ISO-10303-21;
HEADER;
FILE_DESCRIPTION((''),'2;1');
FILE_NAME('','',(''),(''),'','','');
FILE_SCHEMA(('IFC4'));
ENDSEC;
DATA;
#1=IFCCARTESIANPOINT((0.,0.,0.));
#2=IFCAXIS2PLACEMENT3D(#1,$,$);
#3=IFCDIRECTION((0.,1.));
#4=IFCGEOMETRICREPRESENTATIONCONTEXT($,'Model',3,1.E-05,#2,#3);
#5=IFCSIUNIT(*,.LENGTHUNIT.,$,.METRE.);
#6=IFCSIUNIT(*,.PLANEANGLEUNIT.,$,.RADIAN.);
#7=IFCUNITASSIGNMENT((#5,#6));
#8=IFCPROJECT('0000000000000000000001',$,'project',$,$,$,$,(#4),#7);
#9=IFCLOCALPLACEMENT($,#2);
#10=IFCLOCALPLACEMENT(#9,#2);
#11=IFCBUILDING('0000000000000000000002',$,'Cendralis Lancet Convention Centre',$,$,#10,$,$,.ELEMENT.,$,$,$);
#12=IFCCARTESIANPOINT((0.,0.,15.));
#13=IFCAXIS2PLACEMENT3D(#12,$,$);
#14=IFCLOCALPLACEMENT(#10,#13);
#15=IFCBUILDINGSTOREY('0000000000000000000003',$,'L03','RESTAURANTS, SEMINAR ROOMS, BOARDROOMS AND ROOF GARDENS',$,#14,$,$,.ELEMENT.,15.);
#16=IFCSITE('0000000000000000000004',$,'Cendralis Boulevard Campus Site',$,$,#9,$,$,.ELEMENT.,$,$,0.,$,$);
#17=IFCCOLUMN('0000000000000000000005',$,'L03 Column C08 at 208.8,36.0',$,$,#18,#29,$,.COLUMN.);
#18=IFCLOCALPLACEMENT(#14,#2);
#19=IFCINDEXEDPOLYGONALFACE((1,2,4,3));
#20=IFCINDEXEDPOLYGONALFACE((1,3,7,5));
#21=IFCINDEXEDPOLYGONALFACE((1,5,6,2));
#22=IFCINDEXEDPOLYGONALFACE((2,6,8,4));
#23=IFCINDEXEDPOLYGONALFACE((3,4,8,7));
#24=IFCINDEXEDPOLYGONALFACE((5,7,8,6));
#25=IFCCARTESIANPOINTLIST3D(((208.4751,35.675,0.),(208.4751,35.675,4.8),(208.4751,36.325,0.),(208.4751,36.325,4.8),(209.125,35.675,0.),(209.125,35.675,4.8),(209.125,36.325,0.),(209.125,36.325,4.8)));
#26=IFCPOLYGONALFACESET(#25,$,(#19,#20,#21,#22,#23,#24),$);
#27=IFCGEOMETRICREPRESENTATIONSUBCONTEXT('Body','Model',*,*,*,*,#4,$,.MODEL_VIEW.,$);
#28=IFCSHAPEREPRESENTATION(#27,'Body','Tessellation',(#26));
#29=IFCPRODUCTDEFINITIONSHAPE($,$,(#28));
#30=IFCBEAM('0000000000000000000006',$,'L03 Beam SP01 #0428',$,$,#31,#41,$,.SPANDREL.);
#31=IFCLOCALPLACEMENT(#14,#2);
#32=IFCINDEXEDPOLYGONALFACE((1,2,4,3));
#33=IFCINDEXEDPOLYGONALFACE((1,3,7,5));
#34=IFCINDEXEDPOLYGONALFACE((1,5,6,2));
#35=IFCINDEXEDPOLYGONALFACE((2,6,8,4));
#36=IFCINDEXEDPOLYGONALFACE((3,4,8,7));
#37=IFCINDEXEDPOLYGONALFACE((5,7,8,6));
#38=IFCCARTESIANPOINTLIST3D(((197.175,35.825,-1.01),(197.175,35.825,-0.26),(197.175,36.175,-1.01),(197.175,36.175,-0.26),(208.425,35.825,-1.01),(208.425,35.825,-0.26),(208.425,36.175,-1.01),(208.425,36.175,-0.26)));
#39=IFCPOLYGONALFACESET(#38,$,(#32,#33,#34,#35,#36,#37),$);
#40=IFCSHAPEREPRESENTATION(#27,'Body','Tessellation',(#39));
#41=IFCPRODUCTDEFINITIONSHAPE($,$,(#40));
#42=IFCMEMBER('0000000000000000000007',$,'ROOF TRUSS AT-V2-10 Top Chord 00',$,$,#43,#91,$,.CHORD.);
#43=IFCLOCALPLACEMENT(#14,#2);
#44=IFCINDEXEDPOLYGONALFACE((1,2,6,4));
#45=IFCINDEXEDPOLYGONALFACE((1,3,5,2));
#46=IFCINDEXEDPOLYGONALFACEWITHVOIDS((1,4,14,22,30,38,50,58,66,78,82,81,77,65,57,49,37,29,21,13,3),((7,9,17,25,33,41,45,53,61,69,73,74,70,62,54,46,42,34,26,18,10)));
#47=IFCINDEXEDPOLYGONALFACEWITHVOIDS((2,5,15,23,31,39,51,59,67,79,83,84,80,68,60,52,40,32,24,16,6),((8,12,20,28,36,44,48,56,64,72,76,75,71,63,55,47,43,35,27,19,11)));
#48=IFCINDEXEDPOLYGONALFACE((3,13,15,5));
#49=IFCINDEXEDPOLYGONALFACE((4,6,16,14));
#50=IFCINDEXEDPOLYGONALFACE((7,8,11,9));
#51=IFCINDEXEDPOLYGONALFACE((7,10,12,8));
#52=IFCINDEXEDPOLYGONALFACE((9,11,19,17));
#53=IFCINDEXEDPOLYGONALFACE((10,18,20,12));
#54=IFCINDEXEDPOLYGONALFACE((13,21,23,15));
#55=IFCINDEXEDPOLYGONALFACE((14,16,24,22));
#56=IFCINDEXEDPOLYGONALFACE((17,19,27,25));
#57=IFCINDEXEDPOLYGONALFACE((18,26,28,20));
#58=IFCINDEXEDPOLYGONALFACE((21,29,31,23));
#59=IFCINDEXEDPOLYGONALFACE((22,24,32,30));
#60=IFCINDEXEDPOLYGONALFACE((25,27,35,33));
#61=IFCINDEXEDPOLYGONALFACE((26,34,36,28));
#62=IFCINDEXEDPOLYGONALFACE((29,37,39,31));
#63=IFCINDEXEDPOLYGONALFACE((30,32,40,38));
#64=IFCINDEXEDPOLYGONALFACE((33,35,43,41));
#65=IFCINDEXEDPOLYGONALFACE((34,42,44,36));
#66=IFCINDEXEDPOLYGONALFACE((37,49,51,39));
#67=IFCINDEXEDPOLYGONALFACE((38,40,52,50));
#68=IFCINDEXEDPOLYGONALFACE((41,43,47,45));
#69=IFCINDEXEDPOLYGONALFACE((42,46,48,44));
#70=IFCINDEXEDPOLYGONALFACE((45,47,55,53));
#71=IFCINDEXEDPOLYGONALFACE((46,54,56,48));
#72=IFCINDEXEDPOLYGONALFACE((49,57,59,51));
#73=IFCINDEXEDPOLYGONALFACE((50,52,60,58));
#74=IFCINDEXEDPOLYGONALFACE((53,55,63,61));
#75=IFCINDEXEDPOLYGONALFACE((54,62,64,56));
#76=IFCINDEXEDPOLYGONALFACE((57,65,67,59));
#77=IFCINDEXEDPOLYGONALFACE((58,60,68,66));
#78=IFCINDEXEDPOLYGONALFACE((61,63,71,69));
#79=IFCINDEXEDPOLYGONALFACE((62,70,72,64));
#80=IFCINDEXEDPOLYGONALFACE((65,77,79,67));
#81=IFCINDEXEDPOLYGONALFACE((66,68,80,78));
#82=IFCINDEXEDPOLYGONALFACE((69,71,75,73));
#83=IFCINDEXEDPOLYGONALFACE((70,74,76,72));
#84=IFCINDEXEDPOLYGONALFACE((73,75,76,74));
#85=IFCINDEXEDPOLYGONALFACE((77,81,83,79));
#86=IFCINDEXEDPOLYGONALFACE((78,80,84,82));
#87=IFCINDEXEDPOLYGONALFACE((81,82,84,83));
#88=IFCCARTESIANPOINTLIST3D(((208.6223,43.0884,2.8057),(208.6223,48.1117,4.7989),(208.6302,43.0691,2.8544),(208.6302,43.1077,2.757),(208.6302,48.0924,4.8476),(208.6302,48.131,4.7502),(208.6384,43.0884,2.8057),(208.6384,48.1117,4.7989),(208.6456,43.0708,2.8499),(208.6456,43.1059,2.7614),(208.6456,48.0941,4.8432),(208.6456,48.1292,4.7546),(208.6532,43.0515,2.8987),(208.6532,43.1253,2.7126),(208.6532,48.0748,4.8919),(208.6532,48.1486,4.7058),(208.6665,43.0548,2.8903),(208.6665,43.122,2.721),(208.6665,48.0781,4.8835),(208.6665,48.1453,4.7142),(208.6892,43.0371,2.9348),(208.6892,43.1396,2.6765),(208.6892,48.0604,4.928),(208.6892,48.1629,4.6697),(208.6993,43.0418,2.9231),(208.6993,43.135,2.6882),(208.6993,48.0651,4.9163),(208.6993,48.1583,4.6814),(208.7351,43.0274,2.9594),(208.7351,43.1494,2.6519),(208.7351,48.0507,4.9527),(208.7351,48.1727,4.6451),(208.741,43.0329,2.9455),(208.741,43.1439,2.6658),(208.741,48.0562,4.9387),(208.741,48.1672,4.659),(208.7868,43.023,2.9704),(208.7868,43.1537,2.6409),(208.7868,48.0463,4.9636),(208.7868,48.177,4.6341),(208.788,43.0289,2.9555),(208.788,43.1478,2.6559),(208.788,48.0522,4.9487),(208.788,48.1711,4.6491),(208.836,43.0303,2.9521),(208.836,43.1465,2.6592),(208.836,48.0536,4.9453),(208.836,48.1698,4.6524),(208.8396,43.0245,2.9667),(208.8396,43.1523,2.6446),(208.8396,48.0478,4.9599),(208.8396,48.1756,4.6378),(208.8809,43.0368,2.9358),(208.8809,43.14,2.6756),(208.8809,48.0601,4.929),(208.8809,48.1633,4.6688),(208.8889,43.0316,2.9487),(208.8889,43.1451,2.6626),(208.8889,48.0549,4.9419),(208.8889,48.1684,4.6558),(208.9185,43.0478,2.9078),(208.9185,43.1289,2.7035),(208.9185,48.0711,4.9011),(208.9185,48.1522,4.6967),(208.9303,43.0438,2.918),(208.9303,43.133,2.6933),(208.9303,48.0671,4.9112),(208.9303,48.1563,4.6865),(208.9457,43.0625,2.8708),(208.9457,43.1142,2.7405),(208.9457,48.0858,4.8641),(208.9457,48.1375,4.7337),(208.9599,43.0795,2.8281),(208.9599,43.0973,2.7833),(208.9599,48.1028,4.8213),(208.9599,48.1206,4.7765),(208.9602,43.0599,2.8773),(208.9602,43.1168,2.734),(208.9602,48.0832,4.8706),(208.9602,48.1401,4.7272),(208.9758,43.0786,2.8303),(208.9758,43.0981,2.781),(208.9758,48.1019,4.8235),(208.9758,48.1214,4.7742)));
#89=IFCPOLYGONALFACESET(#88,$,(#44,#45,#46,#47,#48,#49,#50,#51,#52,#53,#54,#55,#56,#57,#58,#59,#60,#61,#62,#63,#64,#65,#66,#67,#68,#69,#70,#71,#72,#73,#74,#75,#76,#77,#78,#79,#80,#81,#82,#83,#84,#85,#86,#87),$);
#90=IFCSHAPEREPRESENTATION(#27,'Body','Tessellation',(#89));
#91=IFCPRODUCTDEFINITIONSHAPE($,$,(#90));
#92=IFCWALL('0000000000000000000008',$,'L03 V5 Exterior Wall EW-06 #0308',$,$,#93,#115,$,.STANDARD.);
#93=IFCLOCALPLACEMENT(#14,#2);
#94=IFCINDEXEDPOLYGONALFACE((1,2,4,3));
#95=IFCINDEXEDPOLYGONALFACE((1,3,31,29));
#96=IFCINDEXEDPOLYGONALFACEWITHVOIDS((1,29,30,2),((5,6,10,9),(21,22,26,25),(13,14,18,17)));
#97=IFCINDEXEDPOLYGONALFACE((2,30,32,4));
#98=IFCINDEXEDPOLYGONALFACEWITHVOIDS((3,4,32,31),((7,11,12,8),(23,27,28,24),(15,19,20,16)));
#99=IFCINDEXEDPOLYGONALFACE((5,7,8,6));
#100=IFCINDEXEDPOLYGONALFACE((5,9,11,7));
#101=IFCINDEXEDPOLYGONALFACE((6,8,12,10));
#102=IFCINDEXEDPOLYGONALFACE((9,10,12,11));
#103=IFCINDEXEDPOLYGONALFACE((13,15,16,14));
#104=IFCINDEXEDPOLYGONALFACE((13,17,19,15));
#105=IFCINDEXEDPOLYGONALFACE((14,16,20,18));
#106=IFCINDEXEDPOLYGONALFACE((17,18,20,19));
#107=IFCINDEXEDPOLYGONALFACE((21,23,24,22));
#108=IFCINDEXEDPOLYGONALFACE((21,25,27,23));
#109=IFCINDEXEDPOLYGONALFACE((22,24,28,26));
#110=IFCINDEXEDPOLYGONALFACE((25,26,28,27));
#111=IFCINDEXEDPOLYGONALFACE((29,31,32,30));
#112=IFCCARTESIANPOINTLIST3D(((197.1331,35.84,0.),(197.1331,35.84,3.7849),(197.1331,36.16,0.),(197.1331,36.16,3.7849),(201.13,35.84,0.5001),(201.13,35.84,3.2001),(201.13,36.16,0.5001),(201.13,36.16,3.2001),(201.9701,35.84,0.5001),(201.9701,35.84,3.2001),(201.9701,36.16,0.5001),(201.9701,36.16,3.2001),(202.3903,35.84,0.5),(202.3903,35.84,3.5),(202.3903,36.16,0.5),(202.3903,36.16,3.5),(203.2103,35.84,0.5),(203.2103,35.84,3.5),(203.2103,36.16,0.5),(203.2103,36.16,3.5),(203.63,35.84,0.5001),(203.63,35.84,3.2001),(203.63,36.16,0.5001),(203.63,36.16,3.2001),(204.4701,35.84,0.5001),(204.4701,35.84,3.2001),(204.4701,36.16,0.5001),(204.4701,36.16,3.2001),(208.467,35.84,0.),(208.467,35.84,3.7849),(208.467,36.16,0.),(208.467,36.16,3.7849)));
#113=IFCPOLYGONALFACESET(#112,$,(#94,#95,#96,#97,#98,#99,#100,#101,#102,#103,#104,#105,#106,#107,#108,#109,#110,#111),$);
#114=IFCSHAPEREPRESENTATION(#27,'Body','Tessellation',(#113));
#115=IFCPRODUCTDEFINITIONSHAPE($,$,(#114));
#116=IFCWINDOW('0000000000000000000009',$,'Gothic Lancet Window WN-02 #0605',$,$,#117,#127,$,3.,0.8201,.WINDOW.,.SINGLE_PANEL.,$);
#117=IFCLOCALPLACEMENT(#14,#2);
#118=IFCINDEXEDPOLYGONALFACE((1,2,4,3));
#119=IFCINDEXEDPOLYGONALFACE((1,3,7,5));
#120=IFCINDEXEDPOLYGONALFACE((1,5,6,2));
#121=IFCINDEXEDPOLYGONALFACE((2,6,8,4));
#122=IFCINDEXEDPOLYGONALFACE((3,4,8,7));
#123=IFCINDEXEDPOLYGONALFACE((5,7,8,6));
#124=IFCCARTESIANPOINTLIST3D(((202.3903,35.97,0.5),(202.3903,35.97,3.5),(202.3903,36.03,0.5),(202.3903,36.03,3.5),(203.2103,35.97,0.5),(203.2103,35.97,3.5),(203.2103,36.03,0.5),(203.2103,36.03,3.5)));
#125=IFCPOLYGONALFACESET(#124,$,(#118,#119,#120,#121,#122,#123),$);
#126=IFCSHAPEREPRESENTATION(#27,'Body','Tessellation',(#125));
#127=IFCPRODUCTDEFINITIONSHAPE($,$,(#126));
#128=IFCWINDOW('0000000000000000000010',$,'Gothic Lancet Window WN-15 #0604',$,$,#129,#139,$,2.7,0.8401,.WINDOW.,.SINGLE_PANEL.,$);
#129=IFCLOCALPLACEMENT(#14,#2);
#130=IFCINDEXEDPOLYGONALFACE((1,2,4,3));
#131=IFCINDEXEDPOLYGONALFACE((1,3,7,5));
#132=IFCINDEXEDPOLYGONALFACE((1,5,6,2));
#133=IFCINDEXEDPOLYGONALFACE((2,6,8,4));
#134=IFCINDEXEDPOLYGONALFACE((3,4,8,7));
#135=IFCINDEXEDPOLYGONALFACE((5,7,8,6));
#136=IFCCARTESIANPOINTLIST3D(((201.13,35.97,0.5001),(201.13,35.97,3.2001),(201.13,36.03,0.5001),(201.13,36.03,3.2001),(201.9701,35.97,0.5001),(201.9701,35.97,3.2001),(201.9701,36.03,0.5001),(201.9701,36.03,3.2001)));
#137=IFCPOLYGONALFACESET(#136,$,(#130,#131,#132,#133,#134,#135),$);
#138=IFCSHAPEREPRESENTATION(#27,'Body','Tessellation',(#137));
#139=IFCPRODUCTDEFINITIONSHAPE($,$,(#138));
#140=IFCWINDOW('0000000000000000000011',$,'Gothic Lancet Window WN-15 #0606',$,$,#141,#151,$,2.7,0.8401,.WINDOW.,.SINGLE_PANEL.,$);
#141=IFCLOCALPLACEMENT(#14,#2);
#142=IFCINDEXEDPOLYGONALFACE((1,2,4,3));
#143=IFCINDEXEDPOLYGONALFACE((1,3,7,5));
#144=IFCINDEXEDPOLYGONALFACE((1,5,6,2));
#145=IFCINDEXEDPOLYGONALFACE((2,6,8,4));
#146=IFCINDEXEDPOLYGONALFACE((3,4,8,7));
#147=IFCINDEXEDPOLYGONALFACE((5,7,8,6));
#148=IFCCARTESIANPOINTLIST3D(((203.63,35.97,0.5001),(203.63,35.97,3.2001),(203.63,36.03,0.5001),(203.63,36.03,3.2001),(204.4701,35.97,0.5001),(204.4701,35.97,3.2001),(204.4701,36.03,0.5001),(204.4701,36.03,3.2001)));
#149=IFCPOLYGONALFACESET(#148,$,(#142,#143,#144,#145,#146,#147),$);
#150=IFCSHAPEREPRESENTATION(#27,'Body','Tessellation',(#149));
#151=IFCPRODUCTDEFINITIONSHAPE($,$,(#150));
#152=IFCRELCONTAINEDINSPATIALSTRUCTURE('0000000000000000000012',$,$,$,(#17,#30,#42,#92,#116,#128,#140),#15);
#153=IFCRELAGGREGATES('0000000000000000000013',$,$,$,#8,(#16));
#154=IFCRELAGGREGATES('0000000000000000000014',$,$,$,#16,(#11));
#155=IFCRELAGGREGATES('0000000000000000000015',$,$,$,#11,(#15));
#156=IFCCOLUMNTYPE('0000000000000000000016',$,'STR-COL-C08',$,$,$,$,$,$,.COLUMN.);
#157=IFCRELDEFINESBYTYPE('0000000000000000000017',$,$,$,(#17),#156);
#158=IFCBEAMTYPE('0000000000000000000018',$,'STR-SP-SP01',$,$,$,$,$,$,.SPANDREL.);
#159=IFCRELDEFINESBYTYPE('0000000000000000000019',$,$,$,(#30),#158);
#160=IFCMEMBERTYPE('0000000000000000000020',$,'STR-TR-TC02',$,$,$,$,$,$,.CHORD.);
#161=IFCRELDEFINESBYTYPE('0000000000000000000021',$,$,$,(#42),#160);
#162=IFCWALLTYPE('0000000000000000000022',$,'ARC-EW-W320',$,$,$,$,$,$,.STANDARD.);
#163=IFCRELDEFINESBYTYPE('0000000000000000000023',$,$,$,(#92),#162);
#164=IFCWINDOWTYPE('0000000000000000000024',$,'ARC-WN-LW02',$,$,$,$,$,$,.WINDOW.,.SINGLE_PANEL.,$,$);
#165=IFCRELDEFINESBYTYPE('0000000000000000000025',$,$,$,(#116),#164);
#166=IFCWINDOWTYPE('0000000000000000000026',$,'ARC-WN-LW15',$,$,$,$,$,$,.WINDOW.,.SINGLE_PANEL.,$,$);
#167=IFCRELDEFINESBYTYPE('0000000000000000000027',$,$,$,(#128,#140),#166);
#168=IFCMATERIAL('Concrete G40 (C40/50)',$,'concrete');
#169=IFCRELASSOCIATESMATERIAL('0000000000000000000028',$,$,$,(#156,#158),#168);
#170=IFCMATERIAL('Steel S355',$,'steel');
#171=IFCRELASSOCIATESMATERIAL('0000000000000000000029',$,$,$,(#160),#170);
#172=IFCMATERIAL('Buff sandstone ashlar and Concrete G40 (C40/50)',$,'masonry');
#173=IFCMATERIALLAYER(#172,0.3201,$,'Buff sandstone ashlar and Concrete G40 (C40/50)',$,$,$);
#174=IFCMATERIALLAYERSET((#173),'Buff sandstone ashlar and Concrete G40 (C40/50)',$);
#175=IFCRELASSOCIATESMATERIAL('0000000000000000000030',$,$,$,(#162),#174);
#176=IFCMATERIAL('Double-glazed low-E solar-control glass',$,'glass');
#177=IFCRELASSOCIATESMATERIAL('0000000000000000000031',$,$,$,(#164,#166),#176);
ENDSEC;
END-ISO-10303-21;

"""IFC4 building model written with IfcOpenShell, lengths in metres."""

from ifc_helpers import new_model, si_unit, direction, frame, frame_2d, origin, origin_2d, place, context, subcontext, project, spatial, rectangle, hollow_circle, extrude, material, layer, layer_set, material_profile, profile_set, type_object, element, fill, save


model = new_model("IFC4")

# Units and contexts
model_context = context("Model", 3, precision=1e-05, world=origin(), true_north=direction((0.0, 1.0)))
body_context = subcontext(model_context, "Body", "Model", "MODEL_VIEW")
ifc_project = project(units=[si_unit("LENGTHUNIT", "METRE"), si_unit("PLANEANGLEUNIT", "RADIAN")], contexts=[model_context])

# Site, building, storey
site_placement = place(None, origin())
site = spatial("IfcSite", under=ifc_project, at=site_placement, Name="Cendralis Boulevard Campus Site", CompositionType="ELEMENT", RefElevation=0.0)
building_placement = place(site_placement, origin())
building = spatial("IfcBuilding", under=site, at=building_placement, Name="Cendralis Lancet Convention Centre", CompositionType="ELEMENT")
storey_placement = place(building_placement, frame((0.0, 0.0, 15.0)))
storey = spatial("IfcBuildingStorey", under=building, at=storey_placement, Name="L03", Description="RESTAURANTS, SEMINAR ROOMS, BOARDROOMS AND ROOF GARDENS", CompositionType="ELEMENT", Elevation=15.0)

# Column
ifc_material_1 = material(Name="Concrete G40 (C40/50)", Category="concrete")
ifc_material_profile_1 = material_profile(ifc_material_1, rectangle(XDim=0.6499, YDim=0.6499, at=origin_2d()), Name="RC 650x650")
ifc_profile_set_1 = profile_set([ifc_material_profile_1], Name="Concrete G40 (C40/50)")
column_type = type_object("IfcColumnType", Name="STR-COL-C08", PredefinedType="COLUMN", material=ifc_profile_set_1)
column_placement = place(storey_placement, frame((208.8, 36.0, 0.0), z_axis=(0.0, 0.0, 1.0), x_axis=(1.0, 0.0, 0.0)))
element("IfcColumn", 1, at=column_placement, inside=storey, type_object=column_type, Name="L03 Column C08 at 208.8,36.0", PredefinedType="COLUMN", context=body_context, shape_type="SweptSolid", body=[
    extrude(rectangle(XDim=0.6499, YDim=0.6499, at=origin_2d()), origin(), (0.0, 0.0, 1.0), 4.8),
])

# Beam
ifc_material_profile_2 = material_profile(ifc_material_1, rectangle(XDim=0.3501, YDim=0.75, at=origin_2d()), Name="RCB 350x750")
ifc_profile_set_2 = profile_set([ifc_material_profile_2], Name="Concrete G40 (C40/50)")
beam_type = type_object("IfcBeamType", Name="STR-SP-SP01", PredefinedType="SPANDREL", material=ifc_profile_set_2)
beam_placement = place(storey_placement, frame((197.175, 36.0, -0.635), z_axis=(1.0, 0.0, 0.0), x_axis=(0.0, 1.0, 0.0)))
element("IfcBeam", 2, at=beam_placement, inside=storey, type_object=beam_type, Name="L03 Beam SP01 #0428", PredefinedType="SPANDREL", context=body_context, shape_type="SweptSolid", body=[
    extrude(rectangle(XDim=0.3501, YDim=0.75, at=origin_2d()), origin(), (0.0, 0.0, 1.0), 11.25),
])

# Member
ifc_material_2 = material(Name="Steel S355", Category="steel")
ifc_material_profile_3 = material_profile(ifc_material_2, hollow_circle(Radius=0.1777, WallThickness=0.0161, at=origin_2d()), Name="CHS 355.6x16.0")
ifc_profile_set_3 = profile_set([ifc_material_profile_3], Name="Steel S355")
member_type = type_object("IfcMemberType", Name="STR-TR-TC02", PredefinedType="CHORD", material=ifc_profile_set_3)
member_placement = place(storey_placement, frame((208.8, 43.0884, 2.8057), z_axis=(0.0, 0.929501, 0.368819), x_axis=(-1.0, 0.0, 0.0)))
element("IfcMember", 3, at=member_placement, inside=storey, type_object=member_type, Name="ROOF TRUSS AT-V2-10 Top Chord 00", PredefinedType="CHORD", context=body_context, shape_type="SweptSolid", body=[
    extrude(hollow_circle(Radius=0.1777, WallThickness=0.0161, at=origin_2d()), origin(), (0.0, 0.0, 1.0), 5.4043),
])

# Wall, openings, windows
ifc_material_3 = material(Name="Buff sandstone ashlar and Concrete G40 (C40/50)", Category="masonry")
ifc_layer_1 = layer(ifc_material_3, 0.3201, Name="Buff sandstone ashlar and Concrete G40 (C40/50)")
ifc_layer_set_1 = layer_set([ifc_layer_1], Name="Buff sandstone ashlar and Concrete G40 (C40/50)")
wall_type_1 = type_object("IfcWallType", Name="ARC-EW-W320", PredefinedType="STANDARD", material=ifc_layer_set_1)
wall_1_placement = place(storey_placement, frame((197.1331, 36.0, 0.0), z_axis=(0.0, 0.0, 1.0), x_axis=(1.0, 0.0, 0.0)))
wall_1 = element("IfcWall", 4, at=wall_1_placement, inside=storey, type_object=wall_type_1, Name="L03 V5 Exterior Wall EW-06 #0308", PredefinedType="STANDARD", context=body_context, shape_type="SweptSolid", body=[
    extrude(rectangle(XDim=11.334, YDim=0.3201, at=frame_2d((5.667, 0.0))), origin(), (0.0, 0.0, 1.0), 3.7849),
])
opening_1_placement = place(wall_1_placement, frame((3.9971, 0.0, 0.5)))
opening_1 = element("IfcOpeningElement", 5, at=opening_1_placement, cuts=wall_1, PredefinedType="OPENING", context=body_context, shape_type="SweptSolid", body=[
    extrude(rectangle(XDim=0.8401, YDim=2.7, at=frame_2d((0.4199, 1.3501))), frame((0.0, 0.1699, 0.0), z_axis=(0.0, -1.0, 0.0), x_axis=(1.0, 0.0, 0.0)), (0.0, 0.0, 1.0), 0.3401),
])
opening_2_placement = place(wall_1_placement, frame((5.2571, 0.0, 0.5)))
opening_2 = element("IfcOpeningElement", 6, at=opening_2_placement, cuts=wall_1, PredefinedType="OPENING", context=body_context, shape_type="SweptSolid", body=[
    extrude(rectangle(XDim=0.8201, YDim=3.0, at=frame_2d((0.4102, 1.5))), frame((0.0, 0.1699, 0.0), z_axis=(0.0, -1.0, 0.0), x_axis=(1.0, 0.0, 0.0)), (0.0, 0.0, 1.0), 0.3401),
])
opening_3_placement = place(wall_1_placement, frame((6.4971, 0.0, 0.5)))
opening_3 = element("IfcOpeningElement", 7, at=opening_3_placement, cuts=wall_1, PredefinedType="OPENING", context=body_context, shape_type="SweptSolid", body=[
    extrude(rectangle(XDim=0.8401, YDim=2.7, at=frame_2d((0.4199, 1.3501))), frame((0.0, 0.1699, 0.0), z_axis=(0.0, -1.0, 0.0), x_axis=(1.0, 0.0, 0.0)), (0.0, 0.0, 1.0), 0.3401),
])
ifc_material_4 = material(Name="Double-glazed low-E solar-control glass", Category="glass")
window_type_1 = type_object("IfcWindowType", Name="ARC-WN-LW02", PartitioningType="SINGLE_PANEL", PredefinedType="WINDOW", material=ifc_material_4)
window_1_placement = place(opening_2_placement, origin())
window_1 = element("IfcWindow", 8, at=window_1_placement, inside=storey, type_object=window_type_1, Name="Gothic Lancet Window WN-02 #0605", OverallHeight=3.0, OverallWidth=0.8201, PartitioningType="SINGLE_PANEL", PredefinedType="WINDOW", context=body_context, shape_type="SweptSolid", body=[
    extrude(rectangle(XDim=0.8201, YDim=3.0, at=frame_2d((0.4102, 1.5))), frame((0.0, 0.03, 0.0), z_axis=(0.0, -1.0, 0.0), x_axis=(1.0, 0.0, 0.0)), (0.0, 0.0, 1.0), 0.0601),
])
fill(opening_2, window_1)
window_type_2 = type_object("IfcWindowType", Name="ARC-WN-LW15", PartitioningType="SINGLE_PANEL", PredefinedType="WINDOW", material=ifc_material_4)
window_2_placement = place(opening_1_placement, origin())
window_2 = element("IfcWindow", 9, at=window_2_placement, inside=storey, type_object=window_type_2, Name="Gothic Lancet Window WN-15 #0604", OverallHeight=2.7, OverallWidth=0.8401, PartitioningType="SINGLE_PANEL", PredefinedType="WINDOW", context=body_context, shape_type="SweptSolid", body=[
    extrude(rectangle(XDim=0.8401, YDim=2.7, at=frame_2d((0.4199, 1.3501))), frame((0.0, 0.03, 0.0), z_axis=(0.0, -1.0, 0.0), x_axis=(1.0, 0.0, 0.0)), (0.0, 0.0, 1.0), 0.0601),
])
fill(opening_1, window_2)
window_3_placement = place(opening_3_placement, origin())
window_3 = element("IfcWindow", 10, at=window_3_placement, inside=storey, type_object=window_type_2, Name="Gothic Lancet Window WN-15 #0606", OverallHeight=2.7, OverallWidth=0.8401, PartitioningType="SINGLE_PANEL", PredefinedType="WINDOW", context=body_context, shape_type="SweptSolid", body=[
    extrude(rectangle(XDim=0.8401, YDim=2.7, at=frame_2d((0.4199, 1.3501))), frame((0.0, 0.03, 0.0), z_axis=(0.0, -1.0, 0.0), x_axis=(1.0, 0.0, 0.0)), (0.0, 0.0, 1.0), 0.0601),
])
fill(opening_3, window_3)

save(model, "model.ifc")
